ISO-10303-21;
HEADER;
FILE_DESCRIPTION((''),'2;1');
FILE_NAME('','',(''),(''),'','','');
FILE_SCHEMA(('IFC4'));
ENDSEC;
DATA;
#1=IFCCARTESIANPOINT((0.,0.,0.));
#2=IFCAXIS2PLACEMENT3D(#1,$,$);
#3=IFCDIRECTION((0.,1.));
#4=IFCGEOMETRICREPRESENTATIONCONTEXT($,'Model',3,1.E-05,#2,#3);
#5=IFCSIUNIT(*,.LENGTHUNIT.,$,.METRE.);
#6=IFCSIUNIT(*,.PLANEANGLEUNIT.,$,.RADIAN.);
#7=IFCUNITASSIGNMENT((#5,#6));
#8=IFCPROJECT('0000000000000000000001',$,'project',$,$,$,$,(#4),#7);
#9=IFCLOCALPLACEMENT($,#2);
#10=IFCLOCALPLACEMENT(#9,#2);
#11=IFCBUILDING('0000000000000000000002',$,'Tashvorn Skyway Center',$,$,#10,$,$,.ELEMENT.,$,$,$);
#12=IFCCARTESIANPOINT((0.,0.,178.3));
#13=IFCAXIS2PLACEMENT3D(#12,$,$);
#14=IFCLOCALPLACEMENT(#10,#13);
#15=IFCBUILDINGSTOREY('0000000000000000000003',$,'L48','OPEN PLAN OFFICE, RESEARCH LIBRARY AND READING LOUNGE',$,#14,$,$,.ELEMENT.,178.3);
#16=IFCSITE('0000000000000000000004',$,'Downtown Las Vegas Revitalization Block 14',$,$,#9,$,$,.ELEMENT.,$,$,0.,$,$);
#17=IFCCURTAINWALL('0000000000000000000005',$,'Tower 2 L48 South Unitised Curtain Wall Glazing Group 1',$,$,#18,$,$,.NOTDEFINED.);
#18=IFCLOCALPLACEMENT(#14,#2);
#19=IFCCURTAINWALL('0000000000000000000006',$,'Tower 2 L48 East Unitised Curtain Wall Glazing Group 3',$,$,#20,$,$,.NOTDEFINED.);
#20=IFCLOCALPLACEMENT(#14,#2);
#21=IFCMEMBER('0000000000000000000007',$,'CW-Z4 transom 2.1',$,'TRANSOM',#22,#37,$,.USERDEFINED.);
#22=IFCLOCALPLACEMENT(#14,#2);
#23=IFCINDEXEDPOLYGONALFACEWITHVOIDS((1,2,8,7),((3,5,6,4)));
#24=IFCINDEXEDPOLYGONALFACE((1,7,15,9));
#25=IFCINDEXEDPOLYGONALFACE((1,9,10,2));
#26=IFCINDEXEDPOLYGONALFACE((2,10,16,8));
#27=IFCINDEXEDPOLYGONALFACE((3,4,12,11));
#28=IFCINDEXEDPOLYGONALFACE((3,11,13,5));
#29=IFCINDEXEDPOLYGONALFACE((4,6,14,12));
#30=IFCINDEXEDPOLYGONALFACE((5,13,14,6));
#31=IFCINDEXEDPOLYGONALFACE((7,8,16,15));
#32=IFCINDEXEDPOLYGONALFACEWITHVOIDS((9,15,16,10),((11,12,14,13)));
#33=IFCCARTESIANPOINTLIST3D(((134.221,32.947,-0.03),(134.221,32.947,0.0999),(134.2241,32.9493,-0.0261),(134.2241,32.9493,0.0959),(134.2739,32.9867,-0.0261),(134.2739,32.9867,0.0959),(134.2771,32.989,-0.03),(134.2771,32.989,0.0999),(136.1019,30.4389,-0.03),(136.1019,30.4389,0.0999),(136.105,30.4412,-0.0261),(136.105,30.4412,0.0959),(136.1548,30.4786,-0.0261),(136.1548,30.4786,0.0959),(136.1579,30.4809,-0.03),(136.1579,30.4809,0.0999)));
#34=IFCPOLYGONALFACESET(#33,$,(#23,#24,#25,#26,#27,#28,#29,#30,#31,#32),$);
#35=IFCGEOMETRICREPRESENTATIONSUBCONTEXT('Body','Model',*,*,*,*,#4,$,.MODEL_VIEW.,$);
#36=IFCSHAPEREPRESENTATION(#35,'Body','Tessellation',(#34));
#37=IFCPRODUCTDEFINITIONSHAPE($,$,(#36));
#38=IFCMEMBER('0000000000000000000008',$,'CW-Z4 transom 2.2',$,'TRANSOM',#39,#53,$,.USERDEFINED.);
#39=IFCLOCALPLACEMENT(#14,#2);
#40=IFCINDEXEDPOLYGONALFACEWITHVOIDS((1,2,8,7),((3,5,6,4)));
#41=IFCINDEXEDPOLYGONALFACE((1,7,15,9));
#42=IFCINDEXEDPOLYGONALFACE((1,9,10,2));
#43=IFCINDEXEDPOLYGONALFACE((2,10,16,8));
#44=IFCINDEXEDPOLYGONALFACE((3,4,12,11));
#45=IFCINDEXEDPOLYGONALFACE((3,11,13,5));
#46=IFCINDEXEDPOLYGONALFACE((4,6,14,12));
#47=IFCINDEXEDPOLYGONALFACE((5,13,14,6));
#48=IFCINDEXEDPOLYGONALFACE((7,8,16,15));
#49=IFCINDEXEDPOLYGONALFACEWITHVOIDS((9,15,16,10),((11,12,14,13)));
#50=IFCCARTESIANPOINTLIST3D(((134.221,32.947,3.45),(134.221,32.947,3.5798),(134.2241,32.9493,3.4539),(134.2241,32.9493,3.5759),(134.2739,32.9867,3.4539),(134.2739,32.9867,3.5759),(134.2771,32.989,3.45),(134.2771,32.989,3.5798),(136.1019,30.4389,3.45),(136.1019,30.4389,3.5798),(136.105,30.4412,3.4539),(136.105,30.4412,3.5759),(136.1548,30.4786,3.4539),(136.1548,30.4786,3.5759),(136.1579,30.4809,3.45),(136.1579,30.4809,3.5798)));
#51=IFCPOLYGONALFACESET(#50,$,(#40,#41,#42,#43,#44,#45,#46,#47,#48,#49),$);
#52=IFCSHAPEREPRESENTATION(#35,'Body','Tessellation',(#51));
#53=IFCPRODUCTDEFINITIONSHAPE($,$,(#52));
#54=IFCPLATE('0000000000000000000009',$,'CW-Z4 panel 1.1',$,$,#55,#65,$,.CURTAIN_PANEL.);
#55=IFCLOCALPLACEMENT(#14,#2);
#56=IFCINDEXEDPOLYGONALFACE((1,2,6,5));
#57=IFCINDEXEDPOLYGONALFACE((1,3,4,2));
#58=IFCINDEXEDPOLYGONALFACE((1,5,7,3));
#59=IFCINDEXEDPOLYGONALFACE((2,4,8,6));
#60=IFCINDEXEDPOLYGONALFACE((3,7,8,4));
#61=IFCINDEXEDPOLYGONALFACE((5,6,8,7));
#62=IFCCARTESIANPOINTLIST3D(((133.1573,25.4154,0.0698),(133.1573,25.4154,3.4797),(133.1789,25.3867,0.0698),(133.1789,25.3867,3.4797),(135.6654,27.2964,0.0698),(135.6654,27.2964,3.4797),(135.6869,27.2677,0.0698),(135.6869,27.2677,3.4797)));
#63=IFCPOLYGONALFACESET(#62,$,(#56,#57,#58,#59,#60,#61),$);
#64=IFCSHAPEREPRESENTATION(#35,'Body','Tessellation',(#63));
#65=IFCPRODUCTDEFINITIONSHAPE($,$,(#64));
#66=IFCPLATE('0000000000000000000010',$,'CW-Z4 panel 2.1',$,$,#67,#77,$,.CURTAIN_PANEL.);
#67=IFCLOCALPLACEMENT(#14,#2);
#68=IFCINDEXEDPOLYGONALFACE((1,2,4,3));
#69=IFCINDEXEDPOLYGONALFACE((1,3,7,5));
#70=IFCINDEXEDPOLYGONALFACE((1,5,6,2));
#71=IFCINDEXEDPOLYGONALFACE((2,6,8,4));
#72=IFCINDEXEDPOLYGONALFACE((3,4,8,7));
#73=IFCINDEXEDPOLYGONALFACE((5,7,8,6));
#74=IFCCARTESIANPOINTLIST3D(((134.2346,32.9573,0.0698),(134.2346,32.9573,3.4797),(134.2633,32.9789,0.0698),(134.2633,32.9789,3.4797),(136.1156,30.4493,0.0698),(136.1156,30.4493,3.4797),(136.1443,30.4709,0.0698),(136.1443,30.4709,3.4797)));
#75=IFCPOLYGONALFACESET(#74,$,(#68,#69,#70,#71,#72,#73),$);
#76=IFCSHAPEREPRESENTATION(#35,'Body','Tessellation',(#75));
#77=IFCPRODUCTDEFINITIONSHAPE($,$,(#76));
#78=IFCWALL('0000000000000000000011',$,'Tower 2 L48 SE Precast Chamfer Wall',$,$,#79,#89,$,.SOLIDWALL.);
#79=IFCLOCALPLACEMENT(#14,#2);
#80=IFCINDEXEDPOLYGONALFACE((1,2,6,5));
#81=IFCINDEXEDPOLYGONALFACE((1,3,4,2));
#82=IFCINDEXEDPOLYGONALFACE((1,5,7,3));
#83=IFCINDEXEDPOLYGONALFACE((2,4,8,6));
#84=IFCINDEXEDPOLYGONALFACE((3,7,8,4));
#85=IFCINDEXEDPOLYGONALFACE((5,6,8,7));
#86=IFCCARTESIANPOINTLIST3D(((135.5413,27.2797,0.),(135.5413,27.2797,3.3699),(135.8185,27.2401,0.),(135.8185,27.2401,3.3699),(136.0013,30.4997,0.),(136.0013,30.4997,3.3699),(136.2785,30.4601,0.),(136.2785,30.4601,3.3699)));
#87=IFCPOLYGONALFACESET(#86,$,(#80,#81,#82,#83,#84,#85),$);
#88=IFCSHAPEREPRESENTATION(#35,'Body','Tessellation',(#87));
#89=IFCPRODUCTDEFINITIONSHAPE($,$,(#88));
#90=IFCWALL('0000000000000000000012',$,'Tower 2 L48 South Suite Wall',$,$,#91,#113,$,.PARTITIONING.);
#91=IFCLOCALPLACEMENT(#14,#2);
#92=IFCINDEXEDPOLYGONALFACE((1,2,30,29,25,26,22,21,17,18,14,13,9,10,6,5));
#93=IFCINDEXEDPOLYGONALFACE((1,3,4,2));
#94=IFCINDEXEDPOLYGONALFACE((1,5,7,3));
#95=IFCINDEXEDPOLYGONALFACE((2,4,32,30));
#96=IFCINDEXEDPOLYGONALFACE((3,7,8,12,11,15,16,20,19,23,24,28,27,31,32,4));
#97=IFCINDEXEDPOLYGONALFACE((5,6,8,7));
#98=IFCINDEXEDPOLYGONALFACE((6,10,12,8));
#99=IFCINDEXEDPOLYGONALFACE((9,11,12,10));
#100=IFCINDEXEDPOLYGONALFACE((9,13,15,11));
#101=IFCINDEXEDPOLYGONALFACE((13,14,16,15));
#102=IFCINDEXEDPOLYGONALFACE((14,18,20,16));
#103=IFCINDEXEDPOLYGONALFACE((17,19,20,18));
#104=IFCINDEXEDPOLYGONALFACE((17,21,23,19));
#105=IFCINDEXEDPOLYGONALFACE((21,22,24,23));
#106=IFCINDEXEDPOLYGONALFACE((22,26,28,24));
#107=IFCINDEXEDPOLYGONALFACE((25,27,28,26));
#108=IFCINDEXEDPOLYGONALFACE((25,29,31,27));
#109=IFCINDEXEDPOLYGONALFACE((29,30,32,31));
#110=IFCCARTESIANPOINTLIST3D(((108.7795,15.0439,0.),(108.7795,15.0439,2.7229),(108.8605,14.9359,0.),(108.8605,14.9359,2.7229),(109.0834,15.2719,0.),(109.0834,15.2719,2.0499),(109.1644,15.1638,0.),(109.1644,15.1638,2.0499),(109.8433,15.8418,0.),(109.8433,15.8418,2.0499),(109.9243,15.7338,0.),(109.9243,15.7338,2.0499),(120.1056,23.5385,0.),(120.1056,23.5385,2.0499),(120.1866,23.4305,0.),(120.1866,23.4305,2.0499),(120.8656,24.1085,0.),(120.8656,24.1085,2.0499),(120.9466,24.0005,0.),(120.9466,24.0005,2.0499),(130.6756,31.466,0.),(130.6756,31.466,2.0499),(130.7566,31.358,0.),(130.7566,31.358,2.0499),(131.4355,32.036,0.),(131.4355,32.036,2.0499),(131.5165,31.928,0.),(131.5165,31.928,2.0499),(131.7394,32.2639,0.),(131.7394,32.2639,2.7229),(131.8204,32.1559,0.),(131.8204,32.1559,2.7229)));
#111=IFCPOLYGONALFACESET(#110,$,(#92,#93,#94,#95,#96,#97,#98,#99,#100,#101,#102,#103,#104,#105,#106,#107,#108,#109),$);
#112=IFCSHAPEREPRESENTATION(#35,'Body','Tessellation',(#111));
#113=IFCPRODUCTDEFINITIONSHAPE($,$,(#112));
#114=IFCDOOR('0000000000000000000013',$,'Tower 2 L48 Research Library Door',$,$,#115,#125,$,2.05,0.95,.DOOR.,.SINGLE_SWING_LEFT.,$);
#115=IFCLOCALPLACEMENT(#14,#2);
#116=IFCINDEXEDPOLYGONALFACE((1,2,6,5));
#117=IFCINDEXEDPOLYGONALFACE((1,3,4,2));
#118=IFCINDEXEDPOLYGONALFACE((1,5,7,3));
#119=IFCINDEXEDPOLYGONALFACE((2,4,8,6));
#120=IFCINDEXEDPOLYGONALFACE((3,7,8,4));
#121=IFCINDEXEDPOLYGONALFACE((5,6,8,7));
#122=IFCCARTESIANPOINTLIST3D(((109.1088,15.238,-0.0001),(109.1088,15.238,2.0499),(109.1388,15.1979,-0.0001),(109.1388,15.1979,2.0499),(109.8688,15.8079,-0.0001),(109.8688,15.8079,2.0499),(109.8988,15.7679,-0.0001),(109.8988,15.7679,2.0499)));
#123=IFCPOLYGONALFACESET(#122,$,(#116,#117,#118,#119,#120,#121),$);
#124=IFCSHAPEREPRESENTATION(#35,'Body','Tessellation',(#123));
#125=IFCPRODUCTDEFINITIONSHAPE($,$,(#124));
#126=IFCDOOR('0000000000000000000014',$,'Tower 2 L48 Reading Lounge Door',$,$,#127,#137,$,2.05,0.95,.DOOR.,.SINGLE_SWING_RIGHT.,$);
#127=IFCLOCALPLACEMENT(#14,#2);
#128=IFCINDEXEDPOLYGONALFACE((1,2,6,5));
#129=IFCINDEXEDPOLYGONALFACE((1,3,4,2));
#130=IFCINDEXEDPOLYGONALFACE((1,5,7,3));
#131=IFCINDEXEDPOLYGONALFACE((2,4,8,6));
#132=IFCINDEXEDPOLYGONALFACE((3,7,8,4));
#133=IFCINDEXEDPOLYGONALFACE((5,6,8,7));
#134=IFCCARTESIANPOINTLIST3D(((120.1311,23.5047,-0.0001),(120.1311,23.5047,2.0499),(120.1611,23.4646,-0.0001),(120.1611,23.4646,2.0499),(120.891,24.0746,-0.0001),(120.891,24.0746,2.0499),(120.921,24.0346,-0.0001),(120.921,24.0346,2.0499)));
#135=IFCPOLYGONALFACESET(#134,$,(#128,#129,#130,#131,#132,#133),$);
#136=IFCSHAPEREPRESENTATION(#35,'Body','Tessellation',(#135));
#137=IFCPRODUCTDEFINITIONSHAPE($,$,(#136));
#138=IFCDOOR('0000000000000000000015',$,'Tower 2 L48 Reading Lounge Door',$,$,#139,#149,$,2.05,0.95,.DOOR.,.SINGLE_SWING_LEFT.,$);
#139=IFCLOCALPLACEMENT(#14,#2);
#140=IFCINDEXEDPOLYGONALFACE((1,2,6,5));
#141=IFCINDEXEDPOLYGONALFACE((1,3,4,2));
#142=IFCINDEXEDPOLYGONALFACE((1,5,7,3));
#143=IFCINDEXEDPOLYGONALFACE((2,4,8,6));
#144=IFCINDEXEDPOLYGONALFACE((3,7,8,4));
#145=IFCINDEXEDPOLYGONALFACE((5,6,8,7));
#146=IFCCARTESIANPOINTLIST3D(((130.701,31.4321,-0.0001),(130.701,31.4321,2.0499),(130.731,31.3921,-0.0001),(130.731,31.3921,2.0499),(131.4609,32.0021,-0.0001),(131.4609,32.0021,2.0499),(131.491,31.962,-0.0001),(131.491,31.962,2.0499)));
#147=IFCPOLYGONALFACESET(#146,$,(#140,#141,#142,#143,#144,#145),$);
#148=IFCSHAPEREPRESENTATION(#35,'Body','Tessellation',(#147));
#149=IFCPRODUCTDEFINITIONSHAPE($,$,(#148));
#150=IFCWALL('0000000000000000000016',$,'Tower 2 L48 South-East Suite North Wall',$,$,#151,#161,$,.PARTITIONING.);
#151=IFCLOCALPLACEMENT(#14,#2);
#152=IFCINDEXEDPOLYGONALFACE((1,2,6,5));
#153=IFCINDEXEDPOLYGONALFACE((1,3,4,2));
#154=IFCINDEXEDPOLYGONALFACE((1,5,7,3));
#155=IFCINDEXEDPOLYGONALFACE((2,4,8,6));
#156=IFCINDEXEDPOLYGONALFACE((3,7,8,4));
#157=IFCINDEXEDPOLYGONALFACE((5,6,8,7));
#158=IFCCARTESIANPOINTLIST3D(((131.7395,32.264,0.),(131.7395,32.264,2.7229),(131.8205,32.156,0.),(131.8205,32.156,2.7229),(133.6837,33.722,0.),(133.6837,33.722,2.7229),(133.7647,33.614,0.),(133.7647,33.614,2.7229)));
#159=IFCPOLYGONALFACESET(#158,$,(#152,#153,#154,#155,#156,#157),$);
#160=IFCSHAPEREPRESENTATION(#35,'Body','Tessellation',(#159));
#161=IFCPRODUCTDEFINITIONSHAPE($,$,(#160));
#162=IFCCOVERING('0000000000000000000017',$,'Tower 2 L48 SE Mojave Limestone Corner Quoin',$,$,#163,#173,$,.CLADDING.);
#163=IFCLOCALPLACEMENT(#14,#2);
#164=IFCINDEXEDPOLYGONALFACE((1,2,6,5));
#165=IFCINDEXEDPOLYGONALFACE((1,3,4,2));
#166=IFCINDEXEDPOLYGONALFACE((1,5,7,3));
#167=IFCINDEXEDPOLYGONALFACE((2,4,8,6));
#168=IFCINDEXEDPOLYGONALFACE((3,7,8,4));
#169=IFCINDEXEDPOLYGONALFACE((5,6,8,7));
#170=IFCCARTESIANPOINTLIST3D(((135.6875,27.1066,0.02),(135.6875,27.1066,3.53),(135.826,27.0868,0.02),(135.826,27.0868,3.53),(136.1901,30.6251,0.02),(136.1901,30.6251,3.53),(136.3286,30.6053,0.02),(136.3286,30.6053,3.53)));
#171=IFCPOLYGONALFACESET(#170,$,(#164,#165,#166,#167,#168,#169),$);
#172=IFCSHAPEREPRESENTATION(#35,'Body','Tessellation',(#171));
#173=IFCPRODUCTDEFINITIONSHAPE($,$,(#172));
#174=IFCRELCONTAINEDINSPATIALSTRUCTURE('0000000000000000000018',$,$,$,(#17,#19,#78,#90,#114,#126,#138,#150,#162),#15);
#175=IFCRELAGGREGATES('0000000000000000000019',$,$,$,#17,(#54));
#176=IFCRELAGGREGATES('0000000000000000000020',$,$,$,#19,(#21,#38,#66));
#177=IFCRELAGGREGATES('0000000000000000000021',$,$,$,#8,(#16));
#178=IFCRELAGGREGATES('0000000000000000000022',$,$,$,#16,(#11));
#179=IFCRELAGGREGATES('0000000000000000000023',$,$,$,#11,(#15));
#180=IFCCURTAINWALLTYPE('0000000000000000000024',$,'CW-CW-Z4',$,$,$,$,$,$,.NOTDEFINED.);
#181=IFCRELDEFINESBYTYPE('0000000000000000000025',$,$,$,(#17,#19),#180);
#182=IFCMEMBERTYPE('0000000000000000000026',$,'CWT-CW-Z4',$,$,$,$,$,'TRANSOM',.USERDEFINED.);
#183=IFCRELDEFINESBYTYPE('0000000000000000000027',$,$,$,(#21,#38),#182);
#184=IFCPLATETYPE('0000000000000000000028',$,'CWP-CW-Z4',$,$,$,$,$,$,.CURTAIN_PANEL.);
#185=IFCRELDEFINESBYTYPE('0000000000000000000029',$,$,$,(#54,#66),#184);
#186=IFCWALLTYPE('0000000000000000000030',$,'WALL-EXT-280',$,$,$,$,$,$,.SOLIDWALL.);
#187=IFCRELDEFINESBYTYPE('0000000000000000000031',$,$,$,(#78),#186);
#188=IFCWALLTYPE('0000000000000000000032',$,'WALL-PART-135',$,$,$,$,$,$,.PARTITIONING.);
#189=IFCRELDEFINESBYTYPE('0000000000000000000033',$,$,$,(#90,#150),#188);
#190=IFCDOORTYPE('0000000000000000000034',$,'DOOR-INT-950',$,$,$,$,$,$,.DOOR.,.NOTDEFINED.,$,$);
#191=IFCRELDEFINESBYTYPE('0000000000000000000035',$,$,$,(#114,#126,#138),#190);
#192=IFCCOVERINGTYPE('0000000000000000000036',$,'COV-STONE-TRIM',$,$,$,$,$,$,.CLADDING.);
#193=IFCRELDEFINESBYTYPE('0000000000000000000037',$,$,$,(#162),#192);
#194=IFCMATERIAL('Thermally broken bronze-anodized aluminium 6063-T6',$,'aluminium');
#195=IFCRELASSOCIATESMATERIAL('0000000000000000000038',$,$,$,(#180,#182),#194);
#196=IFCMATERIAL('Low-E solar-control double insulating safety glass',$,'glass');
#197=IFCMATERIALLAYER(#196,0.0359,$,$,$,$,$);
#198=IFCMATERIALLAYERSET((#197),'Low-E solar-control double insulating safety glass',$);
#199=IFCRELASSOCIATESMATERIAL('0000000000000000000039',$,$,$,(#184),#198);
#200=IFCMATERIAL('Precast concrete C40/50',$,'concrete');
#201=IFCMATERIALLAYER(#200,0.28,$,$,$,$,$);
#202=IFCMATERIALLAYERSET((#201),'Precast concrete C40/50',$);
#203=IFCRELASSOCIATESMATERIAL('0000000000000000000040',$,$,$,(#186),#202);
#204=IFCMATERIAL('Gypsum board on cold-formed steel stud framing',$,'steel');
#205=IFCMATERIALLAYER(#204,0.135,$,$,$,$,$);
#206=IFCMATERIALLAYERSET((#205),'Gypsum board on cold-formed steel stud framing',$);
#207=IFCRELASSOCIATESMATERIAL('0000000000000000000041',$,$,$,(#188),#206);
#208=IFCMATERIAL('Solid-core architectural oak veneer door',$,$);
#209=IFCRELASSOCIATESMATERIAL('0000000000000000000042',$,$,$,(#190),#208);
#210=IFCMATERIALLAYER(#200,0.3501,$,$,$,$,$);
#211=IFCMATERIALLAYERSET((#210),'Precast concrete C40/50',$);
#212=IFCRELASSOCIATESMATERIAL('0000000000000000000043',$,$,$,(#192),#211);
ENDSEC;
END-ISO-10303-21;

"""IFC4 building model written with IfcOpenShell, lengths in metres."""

from ifc_helpers import new_model, si_unit, direction, frame, frame_2d, origin, origin_2d, place, context, subcontext, project, spatial, rectangle, hollow_rectangle, extrude, material, layer, layer_set, material_profile, profile_set, type_object, element, fill, aggregate, save


model = new_model("IFC4")

# Units and contexts
model_context = context("Model", 3, precision=1e-05, world=origin(), true_north=direction((0.0, 1.0)))
body_context = subcontext(model_context, "Body", "Model", "MODEL_VIEW")
ifc_project = project(units=[si_unit("LENGTHUNIT", "METRE"), si_unit("PLANEANGLEUNIT", "RADIAN")], contexts=[model_context])

# Site, building, storey
site_placement = place(None, origin())
site = spatial("IfcSite", under=ifc_project, at=site_placement, Name="Downtown Las Vegas Revitalization Block 14", CompositionType="ELEMENT", RefElevation=0.0)
building_placement = place(site_placement, origin())
building = spatial("IfcBuilding", under=site, at=building_placement, Name="Tashvorn Skyway Center", CompositionType="ELEMENT")
storey_placement = place(building_placement, frame((0.0, 0.0, 178.3)))
storey = spatial("IfcBuildingStorey", under=building, at=storey_placement, Name="L48", Description="OPEN PLAN OFFICE, RESEARCH LIBRARY AND READING LOUNGE", CompositionType="ELEMENT", Elevation=178.3)

# Curtain walls
ifc_material_1 = material(Name="Thermally broken bronze-anodized aluminium 6063-T6", Category="aluminium")
curtain_wall_type = type_object("IfcCurtainWallType", Name="CW-CW-Z4", PredefinedType="NOTDEFINED", material=ifc_material_1)
curtain_wall_1_placement = place(storey_placement, origin())
curtain_wall_1 = element("IfcCurtainWall", 1, at=curtain_wall_1_placement, inside=storey, type_object=curtain_wall_type, Name="Tower 2 L48 South Unitised Curtain Wall Glazing Group 1", PredefinedType="NOTDEFINED")
curtain_wall_2_placement = place(storey_placement, origin())
curtain_wall_2 = element("IfcCurtainWall", 2, at=curtain_wall_2_placement, inside=storey, type_object=curtain_wall_type, Name="Tower 2 L48 East Unitised Curtain Wall Glazing Group 3", PredefinedType="NOTDEFINED")

# Members
ifc_material_profile_1 = material_profile(ifc_material_1, hollow_rectangle(XDim=0.0701, YDim=0.1299, WallThickness=0.0039, at=origin_2d()), Name="ALU-TRAN-70x130")
ifc_profile_set_1 = profile_set([ifc_material_profile_1], Name="Thermally broken bronze-anodized aluminium 6063-T6")
member_type_1 = type_object("IfcMemberType", Name="CWT-CW-Z4", ElementType="TRANSOM", PredefinedType="USERDEFINED", material=ifc_profile_set_1)
member_1_placement = place(storey_placement, frame((134.249, 32.968, 0.0349), z_axis=(0.599963, -0.800028, 0.0), x_axis=(0.800028, 0.599963, 0.0)))
member_1 = element("IfcMember", 3, at=member_1_placement, type_object=member_type_1, Name="CW-Z4 transom 2.1", ObjectType="TRANSOM", PredefinedType="USERDEFINED", context=body_context, shape_type="SweptSolid", body=[
    extrude(hollow_rectangle(XDim=0.0701, YDim=0.1299, WallThickness=0.0039, at=origin_2d()), origin(), (0.0, 0.0, 1.0), 3.135),
])
member_2_placement = place(storey_placement, frame((134.249, 32.968, 3.5149), z_axis=(0.599963, -0.800028, 0.0), x_axis=(0.800028, 0.599963, 0.0)))
member_2 = element("IfcMember", 4, at=member_2_placement, type_object=member_type_1, Name="CW-Z4 transom 2.2", ObjectType="TRANSOM", PredefinedType="USERDEFINED", context=body_context, shape_type="SweptSolid", body=[
    extrude(hollow_rectangle(XDim=0.0701, YDim=0.1299, WallThickness=0.0039, at=origin_2d()), origin(), (0.0, 0.0, 1.0), 3.135),
])

# Plates
ifc_material_2 = material(Name="Low-E solar-control double insulating safety glass", Category="glass")
ifc_layer_1 = layer(ifc_material_2, 0.0359)
ifc_layer_set_1 = layer_set([ifc_layer_1], Name="Low-E solar-control double insulating safety glass")
plate_type = type_object("IfcPlateType", Name="CWP-CW-Z4", PredefinedType="CURTAIN_PANEL", material=ifc_layer_set_1)
plate_1_placement = place(storey_placement, frame((134.4221, 26.3416, 0.0698), z_axis=(0.0, 0.0, 1.0), x_axis=(-0.8, -0.6, 0.0)))
plate_1 = element("IfcPlate", 5, at=plate_1_placement, type_object=plate_type, Name="CW-Z4 panel 1.1", PredefinedType="CURTAIN_PANEL", context=body_context, shape_type="SweptSolid", body=[
    extrude(rectangle(XDim=3.135, YDim=0.0359, at=origin_2d()), origin(), (0.0, 0.0, 1.0), 3.4099),
])
aggregate(curtain_wall_1, [plate_1])
plate_2_placement = place(storey_placement, frame((135.1895, 31.7141, 0.0698), z_axis=(0.0, 0.0, 1.0), x_axis=(0.6, -0.8, 0.0)))
plate_2 = element("IfcPlate", 6, at=plate_2_placement, type_object=plate_type, Name="CW-Z4 panel 2.1", PredefinedType="CURTAIN_PANEL", context=body_context, shape_type="SweptSolid", body=[
    extrude(rectangle(XDim=3.135, YDim=0.0359, at=origin_2d()), origin(), (0.0, 0.0, 1.0), 3.4099),
])
aggregate(curtain_wall_2, [member_1, member_2, plate_2])

# Wall
ifc_material_3 = material(Name="Precast concrete C40/50", Category="concrete")
ifc_layer_2 = layer(ifc_material_3, 0.28)
ifc_layer_set_2 = layer_set([ifc_layer_2], Name="Precast concrete C40/50")
wall_type_1 = type_object("IfcWallType", Name="WALL-EXT-280", PredefinedType="SOLIDWALL", material=ifc_layer_set_2)
wall_1_placement = place(storey_placement, frame((136.1399, 30.48, 0.0), z_axis=(0.0, 0.0, 1.0), x_axis=(-0.141411, -0.989951, 0.0)))
element("IfcWall", 7, at=wall_1_placement, inside=storey, type_object=wall_type_1, Name="Tower 2 L48 SE Precast Chamfer Wall", PredefinedType="SOLIDWALL", context=body_context, shape_type="SweptSolid", body=[
    extrude(rectangle(XDim=3.2527, YDim=0.28, at=frame_2d((1.6265, 0.0))), origin(), (0.0, 0.0, 1.0), 3.3699),
])

# Wall, openings, doors
ifc_material_4 = material(Name="Gypsum board on cold-formed steel stud framing", Category="steel")
ifc_layer_3 = layer(ifc_material_4, 0.135)
ifc_layer_set_3 = layer_set([ifc_layer_3], Name="Gypsum board on cold-formed steel stud framing")
wall_type_2 = type_object("IfcWallType", Name="WALL-PART-135", PredefinedType="PARTITIONING", material=ifc_layer_set_3)
wall_2_placement = place(storey_placement, frame((131.78, 32.21, 0.0), z_axis=(0.0, 0.0, 1.0), x_axis=(-0.8, -0.6, 0.0)))
wall_2 = element("IfcWall", 8, at=wall_2_placement, inside=storey, type_object=wall_type_2, Name="Tower 2 L48 South Suite Wall", PredefinedType="PARTITIONING", context=body_context, shape_type="SweptSolid", body=[
    extrude(rectangle(XDim=28.7, YDim=0.135, at=frame_2d((14.3501, 0.0))), origin(), (0.0, 0.0, 1.0), 2.7229),
])
opening_1_placement = place(wall_2_placement, frame((27.3701, 0.0, 0.0)))
opening_1 = element("IfcOpeningElement", 9, at=opening_1_placement, cuts=wall_2, PredefinedType="OPENING", context=body_context, shape_type="SweptSolid", body=[
    extrude(rectangle(XDim=0.95, YDim=2.05, at=frame_2d((0.4751, 1.0249))), frame((0.0, 0.0774, 0.0), z_axis=(0.0, -1.0, 0.0), x_axis=(1.0, 0.0, 0.0)), (0.0, 0.0, 1.0), 0.155),
])
opening_2_placement = place(wall_2_placement, frame((13.5923, 0.0, 0.0)))
opening_2 = element("IfcOpeningElement", 10, at=opening_2_placement, cuts=wall_2, PredefinedType="OPENING", context=body_context, shape_type="SweptSolid", body=[
    extrude(rectangle(XDim=0.95, YDim=2.05, at=frame_2d((0.4751, 1.0249))), frame((0.0, 0.0774, 0.0), z_axis=(0.0, -1.0, 0.0), x_axis=(1.0, 0.0, 0.0)), (0.0, 0.0, 1.0), 0.155),
])
opening_3_placement = place(wall_2_placement, frame((0.3799, 0.0, 0.0)))
opening_3 = element("IfcOpeningElement", 11, at=opening_3_placement, cuts=wall_2, PredefinedType="OPENING", context=body_context, shape_type="SweptSolid", body=[
    extrude(rectangle(XDim=0.95, YDim=2.05, at=frame_2d((0.4751, 1.0249))), frame((0.0, 0.0774, 0.0), z_axis=(0.0, -1.0, 0.0), x_axis=(1.0, 0.0, 0.0)), (0.0, 0.0, 1.0), 0.155),
])
ifc_material_5 = material(Name="Solid-core architectural oak veneer door")
door_type = type_object("IfcDoorType", Name="DOOR-INT-950", OperationType="NOTDEFINED", PredefinedType="DOOR", material=ifc_material_5)
door_1_placement = place(opening_1_placement, origin())
door_1 = element("IfcDoor", 12, at=door_1_placement, inside=storey, type_object=door_type, Name="Tower 2 L48 Research Library Door", OperationType="SINGLE_SWING_LEFT", OverallHeight=2.05, OverallWidth=0.95, PredefinedType="DOOR", context=body_context, shape_type="SweptSolid", body=[
    extrude(rectangle(XDim=0.95, YDim=2.05, at=frame_2d((0.4751, 1.0249))), frame((0.0, 0.0249, 0.0), z_axis=(0.0, -1.0, 0.0), x_axis=(1.0, 0.0, 0.0)), (0.0, 0.0, 1.0), 0.05),
])
fill(opening_1, door_1)
door_2_placement = place(opening_2_placement, origin())
door_2 = element("IfcDoor", 13, at=door_2_placement, inside=storey, type_object=door_type, Name="Tower 2 L48 Reading Lounge Door", OperationType="SINGLE_SWING_RIGHT", OverallHeight=2.05, OverallWidth=0.95, PredefinedType="DOOR", context=body_context, shape_type="SweptSolid", body=[
    extrude(rectangle(XDim=0.95, YDim=2.05, at=frame_2d((0.4751, 1.0249))), frame((0.0, 0.0249, 0.0), z_axis=(0.0, -1.0, 0.0), x_axis=(1.0, 0.0, 0.0)), (0.0, 0.0, 1.0), 0.05),
])
fill(opening_2, door_2)
door_3_placement = place(opening_3_placement, origin())
door_3 = element("IfcDoor", 14, at=door_3_placement, inside=storey, type_object=door_type, Name="Tower 2 L48 Reading Lounge Door", OperationType="SINGLE_SWING_LEFT", OverallHeight=2.05, OverallWidth=0.95, PredefinedType="DOOR", context=body_context, shape_type="SweptSolid", body=[
    extrude(rectangle(XDim=0.95, YDim=2.05, at=frame_2d((0.4751, 1.0249))), frame((0.0, 0.0249, 0.0), z_axis=(0.0, -1.0, 0.0), x_axis=(1.0, 0.0, 0.0)), (0.0, 0.0, 1.0), 0.05),
])
fill(opening_3, door_3)

# Wall
wall_3_placement = place(storey_placement, frame((131.78, 32.21, 0.0), z_axis=(0.0, 0.0, 1.0), x_axis=(0.800012, 0.599984, 0.0)))
element("IfcWall", 15, at=wall_3_placement, inside=storey, type_object=wall_type_2, Name="Tower 2 L48 South-East Suite North Wall", PredefinedType="PARTITIONING", context=body_context, shape_type="SweptSolid", body=[
    extrude(rectangle(XDim=2.4302, YDim=0.135, at=frame_2d((1.2151, 0.0))), origin(), (0.0, 0.0, 1.0), 2.7229),
])

# Covering
ifc_layer_4 = layer(ifc_material_3, 0.3501)
ifc_layer_set_4 = layer_set([ifc_layer_4], Name="Precast concrete C40/50")
covering_type = type_object("IfcCoveringType", Name="COV-STONE-TRIM", PredefinedType="CLADDING", material=ifc_layer_set_4)
covering_placement = place(storey_placement, frame((136.0081, 28.856, 0.02), z_axis=(0.0, 0.0, 1.0), x_axis=(0.141421, 0.989949, 0.0)))
element("IfcCovering", 16, at=covering_placement, inside=storey, type_object=covering_type, Name="Tower 2 L48 SE Mojave Limestone Corner Quoin", PredefinedType="CLADDING", context=body_context, shape_type="SweptSolid", body=[
    extrude(rectangle(XDim=3.5542, YDim=0.1399, at=origin_2d()), origin(), (0.0, 0.0, 1.0), 3.51),
])

save(model, "model.ifc")
